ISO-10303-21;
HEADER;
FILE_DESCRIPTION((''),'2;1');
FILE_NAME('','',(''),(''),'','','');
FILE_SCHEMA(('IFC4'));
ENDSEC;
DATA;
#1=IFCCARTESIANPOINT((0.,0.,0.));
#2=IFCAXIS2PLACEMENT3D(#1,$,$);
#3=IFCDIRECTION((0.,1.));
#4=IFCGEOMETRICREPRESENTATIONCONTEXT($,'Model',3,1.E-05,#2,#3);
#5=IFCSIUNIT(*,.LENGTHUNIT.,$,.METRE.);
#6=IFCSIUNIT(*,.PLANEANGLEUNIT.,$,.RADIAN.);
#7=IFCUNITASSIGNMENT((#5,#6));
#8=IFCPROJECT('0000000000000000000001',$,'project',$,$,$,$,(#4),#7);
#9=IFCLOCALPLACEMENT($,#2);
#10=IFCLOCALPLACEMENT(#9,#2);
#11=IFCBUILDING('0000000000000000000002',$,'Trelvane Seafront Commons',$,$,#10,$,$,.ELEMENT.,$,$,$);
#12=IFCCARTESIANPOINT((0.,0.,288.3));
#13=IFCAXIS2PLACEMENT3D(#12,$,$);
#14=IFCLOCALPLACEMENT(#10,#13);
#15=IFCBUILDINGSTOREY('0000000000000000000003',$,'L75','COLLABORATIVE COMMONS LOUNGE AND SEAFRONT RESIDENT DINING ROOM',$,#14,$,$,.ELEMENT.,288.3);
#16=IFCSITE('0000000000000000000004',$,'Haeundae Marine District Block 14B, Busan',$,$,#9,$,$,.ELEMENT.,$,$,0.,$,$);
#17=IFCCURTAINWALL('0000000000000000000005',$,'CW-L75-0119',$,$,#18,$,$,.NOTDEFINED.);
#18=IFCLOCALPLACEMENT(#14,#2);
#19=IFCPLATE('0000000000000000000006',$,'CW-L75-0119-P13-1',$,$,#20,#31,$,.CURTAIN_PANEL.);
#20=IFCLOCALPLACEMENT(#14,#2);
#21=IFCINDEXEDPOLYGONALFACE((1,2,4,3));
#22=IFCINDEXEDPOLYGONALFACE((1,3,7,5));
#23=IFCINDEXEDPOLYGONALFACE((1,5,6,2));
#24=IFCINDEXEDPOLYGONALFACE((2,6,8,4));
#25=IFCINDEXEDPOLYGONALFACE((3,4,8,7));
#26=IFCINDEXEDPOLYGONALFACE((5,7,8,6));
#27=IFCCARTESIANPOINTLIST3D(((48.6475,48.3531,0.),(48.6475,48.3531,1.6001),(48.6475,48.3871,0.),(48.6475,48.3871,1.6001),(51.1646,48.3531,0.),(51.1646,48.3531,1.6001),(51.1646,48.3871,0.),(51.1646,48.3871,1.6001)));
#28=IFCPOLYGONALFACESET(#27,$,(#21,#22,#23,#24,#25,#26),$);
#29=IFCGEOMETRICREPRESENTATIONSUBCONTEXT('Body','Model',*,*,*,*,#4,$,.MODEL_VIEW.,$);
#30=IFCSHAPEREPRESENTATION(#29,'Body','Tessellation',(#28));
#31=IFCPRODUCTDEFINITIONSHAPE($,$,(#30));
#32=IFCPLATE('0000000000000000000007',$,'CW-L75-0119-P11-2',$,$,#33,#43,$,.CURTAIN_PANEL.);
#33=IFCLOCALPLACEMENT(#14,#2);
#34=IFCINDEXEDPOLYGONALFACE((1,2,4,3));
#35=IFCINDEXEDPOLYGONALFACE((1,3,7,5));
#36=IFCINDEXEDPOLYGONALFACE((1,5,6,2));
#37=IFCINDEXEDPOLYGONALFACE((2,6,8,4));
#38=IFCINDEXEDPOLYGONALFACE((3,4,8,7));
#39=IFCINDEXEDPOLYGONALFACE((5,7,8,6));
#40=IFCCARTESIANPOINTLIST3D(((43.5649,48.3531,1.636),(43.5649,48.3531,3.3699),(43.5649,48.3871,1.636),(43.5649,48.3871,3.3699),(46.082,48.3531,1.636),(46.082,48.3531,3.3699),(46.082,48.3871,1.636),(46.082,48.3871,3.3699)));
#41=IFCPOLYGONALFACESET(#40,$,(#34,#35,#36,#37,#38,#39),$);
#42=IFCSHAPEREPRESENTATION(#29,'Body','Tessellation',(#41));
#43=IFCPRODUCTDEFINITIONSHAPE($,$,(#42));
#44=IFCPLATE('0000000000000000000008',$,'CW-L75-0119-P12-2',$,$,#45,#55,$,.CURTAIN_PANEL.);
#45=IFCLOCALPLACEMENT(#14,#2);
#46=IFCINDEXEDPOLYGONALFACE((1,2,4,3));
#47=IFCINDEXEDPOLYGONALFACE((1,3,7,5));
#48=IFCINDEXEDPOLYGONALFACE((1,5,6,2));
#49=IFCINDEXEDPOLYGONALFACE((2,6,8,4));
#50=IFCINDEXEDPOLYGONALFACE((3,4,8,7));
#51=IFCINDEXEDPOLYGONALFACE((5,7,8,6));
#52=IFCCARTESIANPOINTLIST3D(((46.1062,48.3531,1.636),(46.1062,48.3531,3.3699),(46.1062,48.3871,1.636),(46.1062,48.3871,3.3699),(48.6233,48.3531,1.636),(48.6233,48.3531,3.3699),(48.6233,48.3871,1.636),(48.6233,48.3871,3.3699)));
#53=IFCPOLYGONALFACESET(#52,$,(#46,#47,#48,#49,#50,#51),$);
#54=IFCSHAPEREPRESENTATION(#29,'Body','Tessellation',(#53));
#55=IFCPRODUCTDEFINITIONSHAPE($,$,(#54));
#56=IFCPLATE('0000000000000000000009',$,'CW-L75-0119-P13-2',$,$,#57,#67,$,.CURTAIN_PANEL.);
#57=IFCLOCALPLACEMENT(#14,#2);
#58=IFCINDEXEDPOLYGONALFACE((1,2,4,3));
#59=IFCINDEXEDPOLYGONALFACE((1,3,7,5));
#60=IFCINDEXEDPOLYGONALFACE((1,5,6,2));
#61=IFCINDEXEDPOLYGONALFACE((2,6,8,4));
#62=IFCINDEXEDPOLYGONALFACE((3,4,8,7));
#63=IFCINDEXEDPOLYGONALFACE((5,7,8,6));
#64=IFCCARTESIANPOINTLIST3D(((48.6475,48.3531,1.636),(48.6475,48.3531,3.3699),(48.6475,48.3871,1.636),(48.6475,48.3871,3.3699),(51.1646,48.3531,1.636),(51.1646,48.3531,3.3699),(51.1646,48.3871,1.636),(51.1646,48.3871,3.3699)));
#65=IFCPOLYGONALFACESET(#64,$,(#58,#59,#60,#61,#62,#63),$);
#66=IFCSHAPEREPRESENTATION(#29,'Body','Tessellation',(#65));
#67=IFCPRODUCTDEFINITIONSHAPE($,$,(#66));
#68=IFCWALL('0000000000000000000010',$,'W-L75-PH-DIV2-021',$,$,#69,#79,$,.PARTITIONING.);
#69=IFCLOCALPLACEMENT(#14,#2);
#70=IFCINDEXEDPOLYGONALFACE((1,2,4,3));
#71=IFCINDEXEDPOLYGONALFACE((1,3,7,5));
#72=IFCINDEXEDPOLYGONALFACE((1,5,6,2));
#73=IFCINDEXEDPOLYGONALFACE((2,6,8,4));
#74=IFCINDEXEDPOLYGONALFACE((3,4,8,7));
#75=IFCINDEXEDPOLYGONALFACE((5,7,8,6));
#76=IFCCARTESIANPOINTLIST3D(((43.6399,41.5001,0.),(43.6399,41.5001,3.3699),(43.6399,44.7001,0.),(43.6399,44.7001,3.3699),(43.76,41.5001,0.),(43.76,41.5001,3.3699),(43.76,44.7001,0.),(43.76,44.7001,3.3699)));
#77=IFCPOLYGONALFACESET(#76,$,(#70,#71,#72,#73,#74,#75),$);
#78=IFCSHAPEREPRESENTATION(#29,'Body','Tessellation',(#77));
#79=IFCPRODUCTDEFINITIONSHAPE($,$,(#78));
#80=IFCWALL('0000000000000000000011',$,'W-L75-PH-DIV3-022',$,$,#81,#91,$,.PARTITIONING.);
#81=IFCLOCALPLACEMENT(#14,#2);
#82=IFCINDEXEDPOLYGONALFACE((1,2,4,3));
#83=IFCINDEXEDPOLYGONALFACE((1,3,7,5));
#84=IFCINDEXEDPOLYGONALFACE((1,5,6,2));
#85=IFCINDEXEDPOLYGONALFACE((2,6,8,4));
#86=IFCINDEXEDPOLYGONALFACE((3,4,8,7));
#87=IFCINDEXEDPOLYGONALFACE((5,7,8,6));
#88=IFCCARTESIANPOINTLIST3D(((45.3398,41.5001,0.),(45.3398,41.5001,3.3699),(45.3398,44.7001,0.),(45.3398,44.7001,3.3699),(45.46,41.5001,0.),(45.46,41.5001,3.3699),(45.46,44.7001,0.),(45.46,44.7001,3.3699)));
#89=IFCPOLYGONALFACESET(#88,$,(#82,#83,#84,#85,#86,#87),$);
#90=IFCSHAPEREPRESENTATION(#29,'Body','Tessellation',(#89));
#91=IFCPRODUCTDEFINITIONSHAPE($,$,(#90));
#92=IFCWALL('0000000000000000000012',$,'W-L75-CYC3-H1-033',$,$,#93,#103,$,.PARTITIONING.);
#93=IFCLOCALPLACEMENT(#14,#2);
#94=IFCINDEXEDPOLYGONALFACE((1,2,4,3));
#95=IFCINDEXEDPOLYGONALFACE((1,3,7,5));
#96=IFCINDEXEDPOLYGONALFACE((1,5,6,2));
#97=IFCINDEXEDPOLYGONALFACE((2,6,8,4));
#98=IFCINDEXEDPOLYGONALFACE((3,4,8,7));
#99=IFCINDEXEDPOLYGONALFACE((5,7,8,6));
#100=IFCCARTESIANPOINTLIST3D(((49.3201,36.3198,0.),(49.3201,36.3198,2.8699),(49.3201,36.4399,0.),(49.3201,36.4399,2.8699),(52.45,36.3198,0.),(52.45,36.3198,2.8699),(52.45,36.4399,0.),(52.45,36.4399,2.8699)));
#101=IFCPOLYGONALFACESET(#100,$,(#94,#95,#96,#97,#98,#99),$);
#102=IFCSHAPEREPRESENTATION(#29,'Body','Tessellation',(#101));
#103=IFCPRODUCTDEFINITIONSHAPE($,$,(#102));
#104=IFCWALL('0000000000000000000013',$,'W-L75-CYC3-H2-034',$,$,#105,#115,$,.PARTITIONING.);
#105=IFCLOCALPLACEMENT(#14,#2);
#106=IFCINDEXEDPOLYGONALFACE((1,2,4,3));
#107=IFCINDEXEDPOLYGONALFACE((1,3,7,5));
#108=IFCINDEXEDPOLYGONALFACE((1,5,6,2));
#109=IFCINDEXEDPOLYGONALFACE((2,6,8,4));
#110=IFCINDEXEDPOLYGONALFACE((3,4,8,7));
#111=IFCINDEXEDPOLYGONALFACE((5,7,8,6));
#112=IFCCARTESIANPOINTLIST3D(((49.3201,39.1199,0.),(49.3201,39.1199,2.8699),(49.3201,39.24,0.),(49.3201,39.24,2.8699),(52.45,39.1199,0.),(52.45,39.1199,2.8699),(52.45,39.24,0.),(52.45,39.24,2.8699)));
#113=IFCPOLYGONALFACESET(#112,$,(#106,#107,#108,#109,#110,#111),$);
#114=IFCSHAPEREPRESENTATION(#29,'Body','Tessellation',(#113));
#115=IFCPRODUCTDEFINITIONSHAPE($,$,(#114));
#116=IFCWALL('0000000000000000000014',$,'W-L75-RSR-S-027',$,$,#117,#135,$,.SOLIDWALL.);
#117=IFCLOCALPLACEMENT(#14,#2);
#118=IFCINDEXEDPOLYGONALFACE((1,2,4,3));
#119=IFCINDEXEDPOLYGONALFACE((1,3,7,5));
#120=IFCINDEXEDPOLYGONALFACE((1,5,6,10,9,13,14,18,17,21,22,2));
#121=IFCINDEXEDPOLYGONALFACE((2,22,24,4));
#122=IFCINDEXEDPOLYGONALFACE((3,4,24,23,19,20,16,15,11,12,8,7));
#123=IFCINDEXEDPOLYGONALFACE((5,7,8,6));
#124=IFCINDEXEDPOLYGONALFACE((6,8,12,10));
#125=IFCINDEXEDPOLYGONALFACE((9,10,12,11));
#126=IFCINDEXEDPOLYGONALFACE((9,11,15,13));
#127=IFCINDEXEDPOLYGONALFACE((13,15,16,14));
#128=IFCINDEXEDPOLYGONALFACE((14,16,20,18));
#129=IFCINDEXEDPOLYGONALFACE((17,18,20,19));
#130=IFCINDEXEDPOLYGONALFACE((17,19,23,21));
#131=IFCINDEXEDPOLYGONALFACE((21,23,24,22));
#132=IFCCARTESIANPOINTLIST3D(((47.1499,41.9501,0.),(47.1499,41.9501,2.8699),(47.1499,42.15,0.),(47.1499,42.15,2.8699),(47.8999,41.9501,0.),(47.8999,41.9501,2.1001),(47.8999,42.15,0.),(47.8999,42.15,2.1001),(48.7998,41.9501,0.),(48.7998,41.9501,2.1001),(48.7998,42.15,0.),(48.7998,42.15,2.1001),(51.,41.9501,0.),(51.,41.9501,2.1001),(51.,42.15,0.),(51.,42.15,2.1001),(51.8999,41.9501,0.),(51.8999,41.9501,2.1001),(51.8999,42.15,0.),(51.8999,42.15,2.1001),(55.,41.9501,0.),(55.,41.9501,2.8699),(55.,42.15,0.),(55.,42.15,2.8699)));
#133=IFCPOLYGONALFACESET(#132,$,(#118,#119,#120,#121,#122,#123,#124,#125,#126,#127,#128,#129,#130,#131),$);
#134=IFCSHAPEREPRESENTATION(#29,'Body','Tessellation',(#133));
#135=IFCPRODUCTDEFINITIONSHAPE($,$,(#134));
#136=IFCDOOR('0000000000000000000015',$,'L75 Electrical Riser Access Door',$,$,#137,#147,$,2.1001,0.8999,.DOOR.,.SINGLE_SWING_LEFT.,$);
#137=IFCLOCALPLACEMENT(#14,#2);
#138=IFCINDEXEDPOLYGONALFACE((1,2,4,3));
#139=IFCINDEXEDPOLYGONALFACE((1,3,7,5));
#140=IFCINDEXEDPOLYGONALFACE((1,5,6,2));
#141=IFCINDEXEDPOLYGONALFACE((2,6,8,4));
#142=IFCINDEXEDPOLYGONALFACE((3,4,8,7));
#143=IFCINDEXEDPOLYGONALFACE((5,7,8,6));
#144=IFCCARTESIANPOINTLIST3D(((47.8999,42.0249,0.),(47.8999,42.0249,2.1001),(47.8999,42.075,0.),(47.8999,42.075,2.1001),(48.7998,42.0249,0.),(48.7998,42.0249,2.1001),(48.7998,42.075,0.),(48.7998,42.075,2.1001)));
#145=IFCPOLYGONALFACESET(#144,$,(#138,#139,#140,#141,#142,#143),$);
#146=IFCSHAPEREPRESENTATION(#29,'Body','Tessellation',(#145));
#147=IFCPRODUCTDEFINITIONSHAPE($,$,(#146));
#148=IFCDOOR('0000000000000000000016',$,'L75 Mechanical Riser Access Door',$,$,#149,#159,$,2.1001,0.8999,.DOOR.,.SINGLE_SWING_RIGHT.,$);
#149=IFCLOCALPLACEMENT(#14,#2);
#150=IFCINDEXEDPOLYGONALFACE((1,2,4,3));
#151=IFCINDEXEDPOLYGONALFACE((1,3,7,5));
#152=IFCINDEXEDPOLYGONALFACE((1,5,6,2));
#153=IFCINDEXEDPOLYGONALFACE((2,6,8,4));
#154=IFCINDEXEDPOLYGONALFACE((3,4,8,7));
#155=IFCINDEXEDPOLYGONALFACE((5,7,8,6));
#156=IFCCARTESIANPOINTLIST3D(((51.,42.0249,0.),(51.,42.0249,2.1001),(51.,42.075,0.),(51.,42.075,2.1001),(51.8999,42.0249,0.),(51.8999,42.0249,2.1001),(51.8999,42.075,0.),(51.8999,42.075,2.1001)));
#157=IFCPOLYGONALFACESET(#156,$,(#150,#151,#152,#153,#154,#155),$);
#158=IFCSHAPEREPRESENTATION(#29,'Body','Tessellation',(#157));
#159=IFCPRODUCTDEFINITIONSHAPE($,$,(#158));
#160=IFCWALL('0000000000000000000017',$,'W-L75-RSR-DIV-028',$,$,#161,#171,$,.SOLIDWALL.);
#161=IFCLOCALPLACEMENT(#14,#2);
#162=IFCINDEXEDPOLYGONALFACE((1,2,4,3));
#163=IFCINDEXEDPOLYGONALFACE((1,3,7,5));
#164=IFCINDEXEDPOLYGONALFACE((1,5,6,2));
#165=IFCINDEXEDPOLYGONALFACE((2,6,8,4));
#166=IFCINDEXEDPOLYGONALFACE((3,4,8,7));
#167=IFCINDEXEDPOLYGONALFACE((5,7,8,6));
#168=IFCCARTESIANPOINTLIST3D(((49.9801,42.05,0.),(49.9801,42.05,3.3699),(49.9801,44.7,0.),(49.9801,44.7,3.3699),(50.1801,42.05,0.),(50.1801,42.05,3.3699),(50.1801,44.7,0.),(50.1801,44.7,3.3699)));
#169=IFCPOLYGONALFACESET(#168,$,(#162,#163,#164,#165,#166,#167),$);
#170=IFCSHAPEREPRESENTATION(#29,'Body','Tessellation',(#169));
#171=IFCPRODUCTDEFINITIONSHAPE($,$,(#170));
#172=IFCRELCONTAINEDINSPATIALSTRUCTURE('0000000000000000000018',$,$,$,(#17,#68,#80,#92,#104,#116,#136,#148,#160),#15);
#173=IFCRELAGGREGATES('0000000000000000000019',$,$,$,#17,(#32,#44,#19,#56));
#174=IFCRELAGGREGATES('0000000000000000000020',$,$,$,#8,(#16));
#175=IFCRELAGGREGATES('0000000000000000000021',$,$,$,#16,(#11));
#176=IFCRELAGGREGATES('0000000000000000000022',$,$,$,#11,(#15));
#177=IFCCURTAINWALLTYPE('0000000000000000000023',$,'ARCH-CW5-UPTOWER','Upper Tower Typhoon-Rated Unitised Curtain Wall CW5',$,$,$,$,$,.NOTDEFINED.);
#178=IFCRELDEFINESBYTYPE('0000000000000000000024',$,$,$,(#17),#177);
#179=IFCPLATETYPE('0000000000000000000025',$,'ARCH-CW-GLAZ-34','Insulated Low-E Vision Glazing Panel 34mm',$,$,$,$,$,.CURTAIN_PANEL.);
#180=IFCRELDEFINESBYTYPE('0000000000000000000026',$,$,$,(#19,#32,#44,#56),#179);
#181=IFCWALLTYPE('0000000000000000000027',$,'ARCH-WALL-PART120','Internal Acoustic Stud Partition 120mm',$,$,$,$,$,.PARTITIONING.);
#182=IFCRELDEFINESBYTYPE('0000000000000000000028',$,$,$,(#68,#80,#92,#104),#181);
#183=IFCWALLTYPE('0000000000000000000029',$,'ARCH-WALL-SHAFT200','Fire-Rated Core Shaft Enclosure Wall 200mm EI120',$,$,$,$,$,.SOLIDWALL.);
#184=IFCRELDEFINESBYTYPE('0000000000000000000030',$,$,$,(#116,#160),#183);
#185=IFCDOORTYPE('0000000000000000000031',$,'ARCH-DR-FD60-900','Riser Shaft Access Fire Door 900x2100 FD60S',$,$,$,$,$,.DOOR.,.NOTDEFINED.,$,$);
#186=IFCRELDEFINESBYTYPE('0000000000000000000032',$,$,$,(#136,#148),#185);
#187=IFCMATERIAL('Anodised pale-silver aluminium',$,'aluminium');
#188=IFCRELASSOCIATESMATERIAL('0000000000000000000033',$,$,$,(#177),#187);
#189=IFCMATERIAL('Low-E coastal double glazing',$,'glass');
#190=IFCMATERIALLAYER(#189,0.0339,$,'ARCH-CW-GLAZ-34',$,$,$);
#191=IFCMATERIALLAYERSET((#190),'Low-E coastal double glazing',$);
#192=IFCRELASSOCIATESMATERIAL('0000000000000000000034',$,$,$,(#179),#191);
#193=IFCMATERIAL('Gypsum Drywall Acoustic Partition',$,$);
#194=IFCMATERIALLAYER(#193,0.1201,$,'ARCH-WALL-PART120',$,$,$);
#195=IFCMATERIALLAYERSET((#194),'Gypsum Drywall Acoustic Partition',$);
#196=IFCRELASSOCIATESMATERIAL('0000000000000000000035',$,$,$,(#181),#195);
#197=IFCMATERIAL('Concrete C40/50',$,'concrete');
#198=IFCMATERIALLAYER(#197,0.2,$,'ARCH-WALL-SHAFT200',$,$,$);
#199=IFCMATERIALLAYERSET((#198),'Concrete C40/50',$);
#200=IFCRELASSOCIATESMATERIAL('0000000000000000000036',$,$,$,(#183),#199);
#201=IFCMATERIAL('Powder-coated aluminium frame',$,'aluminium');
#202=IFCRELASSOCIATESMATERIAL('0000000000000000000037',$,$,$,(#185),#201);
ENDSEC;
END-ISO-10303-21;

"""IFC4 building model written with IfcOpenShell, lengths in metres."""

from ifc_helpers import new_model, si_unit, direction, frame, frame_2d, origin, origin_2d, place, context, subcontext, project, spatial, rectangle, extrude, source, transform, mapped, material, layer, layer_set, type_object, element, fill, aggregate, save


model = new_model("IFC4")

# Units and contexts
model_context = context("Model", 3, precision=1e-05, world=origin(), true_north=direction((0.0, 1.0)))
body_context = subcontext(model_context, "Body", "Model", "MODEL_VIEW")
ifc_project = project(units=[si_unit("LENGTHUNIT", "METRE"), si_unit("PLANEANGLEUNIT", "RADIAN")], contexts=[model_context])

# Site, building, storey
site_placement = place(None, origin())
site = spatial("IfcSite", under=ifc_project, at=site_placement, Name="Haeundae Marine District Block 14B, Busan", CompositionType="ELEMENT", RefElevation=0.0)
building_placement = place(site_placement, origin())
building = spatial("IfcBuilding", under=site, at=building_placement, Name="Trelvane Seafront Commons", CompositionType="ELEMENT")
storey_placement = place(building_placement, frame((0.0, 0.0, 288.3)))
storey = spatial("IfcBuildingStorey", under=building, at=storey_placement, Name="L75", Description="COLLABORATIVE COMMONS LOUNGE AND SEAFRONT RESIDENT DINING ROOM", CompositionType="ELEMENT", Elevation=288.3)

# Curtain wall
ifc_material_1 = material(Name="Anodised pale-silver aluminium", Category="aluminium")
curtain_wall_type = type_object("IfcCurtainWallType", Name="ARCH-CW5-UPTOWER", Description="Upper Tower Typhoon-Rated Unitised Curtain Wall CW5", PredefinedType="NOTDEFINED", material=ifc_material_1)
curtain_wall_placement = place(storey_placement, origin())
curtain_wall = element("IfcCurtainWall", 1, at=curtain_wall_placement, inside=storey, type_object=curtain_wall_type, Name="CW-L75-0119", PredefinedType="NOTDEFINED")

# Plates
ifc_material_2 = material(Name="Low-E coastal double glazing", Category="glass")
ifc_layer_1 = layer(ifc_material_2, 0.0339, Name="ARCH-CW-GLAZ-34")
ifc_layer_set_1 = layer_set([ifc_layer_1], Name="Low-E coastal double glazing")
plate_type_1 = type_object("IfcPlateType", Name="ARCH-CW-GLAZ-34", Description="Insulated Low-E Vision Glazing Panel 34mm", PredefinedType="CURTAIN_PANEL", material=ifc_layer_set_1)
shared_shape_1 = source(origin(), body_context, "Body", "SweptSolid", [
    extrude(rectangle(XDim=2.5171, YDim=0.0339, at=origin_2d()), origin(), (0.0, 0.0, 1.0), 1.6001),
])
plate_1_placement = place(storey_placement, frame((49.906, 48.3701, 0.0), z_axis=(0.0, 0.0, 1.0), x_axis=(1.0, 0.0, 0.0)))
plate_1 = element("IfcPlate", 2, at=plate_1_placement, type_object=plate_type_1, Name="CW-L75-0119-P13-1", PredefinedType="CURTAIN_PANEL", context=body_context, shape_type="MappedRepresentation", body=[
    mapped(shared_shape_1, transform((0.0, 0.0, 0.0), x_axis=(1.0, 0.0, 0.0), y_axis=(0.0, 1.0, 0.0), z_axis=(0.0, 0.0, 1.0), scale=1.0)),
])
shared_shape_2 = source(origin(), body_context, "Body", "SweptSolid", [
    extrude(rectangle(XDim=2.5171, YDim=0.0339, at=origin_2d()), origin(), (0.0, 0.0, 1.0), 1.7339),
])
plate_2_placement = place(storey_placement, frame((44.8235, 48.3701, 1.636), z_axis=(0.0, 0.0, 1.0), x_axis=(1.0, 0.0, 0.0)))
plate_2 = element("IfcPlate", 3, at=plate_2_placement, type_object=plate_type_1, Name="CW-L75-0119-P11-2", PredefinedType="CURTAIN_PANEL", context=body_context, shape_type="MappedRepresentation", body=[
    mapped(shared_shape_2, transform((0.0, 0.0, 0.0), x_axis=(1.0, 0.0, 0.0), y_axis=(0.0, 1.0, 0.0), z_axis=(0.0, 0.0, 1.0), scale=1.0)),
])
plate_3_placement = place(storey_placement, frame((47.3647, 48.3701, 1.636), z_axis=(0.0, 0.0, 1.0), x_axis=(1.0, 0.0, 0.0)))
plate_3 = element("IfcPlate", 4, at=plate_3_placement, type_object=plate_type_1, Name="CW-L75-0119-P12-2", PredefinedType="CURTAIN_PANEL", context=body_context, shape_type="MappedRepresentation", body=[
    mapped(shared_shape_2, transform((0.0, 0.0, 0.0), x_axis=(1.0, 0.0, 0.0), y_axis=(0.0, 1.0, 0.0), z_axis=(0.0, 0.0, 1.0), scale=1.0)),
])
plate_4_placement = place(storey_placement, frame((49.906, 48.3701, 1.636), z_axis=(0.0, 0.0, 1.0), x_axis=(1.0, 0.0, 0.0)))
plate_4 = element("IfcPlate", 5, at=plate_4_placement, type_object=plate_type_1, Name="CW-L75-0119-P13-2", PredefinedType="CURTAIN_PANEL", context=body_context, shape_type="MappedRepresentation", body=[
    mapped(shared_shape_2, transform((0.0, 0.0, 0.0), x_axis=(1.0, 0.0, 0.0), y_axis=(0.0, 1.0, 0.0), z_axis=(0.0, 0.0, 1.0), scale=1.0)),
])
aggregate(curtain_wall, [plate_2, plate_3, plate_1, plate_4])

# Walls
ifc_material_3 = material(Name="Gypsum Drywall Acoustic Partition")
ifc_layer_2 = layer(ifc_material_3, 0.1201, Name="ARCH-WALL-PART120")
ifc_layer_set_2 = layer_set([ifc_layer_2], Name="Gypsum Drywall Acoustic Partition")
wall_type_1 = type_object("IfcWallType", Name="ARCH-WALL-PART120", Description="Internal Acoustic Stud Partition 120mm", PredefinedType="PARTITIONING", material=ifc_layer_set_2)
for number, where, z_axis, x_axis, name in (
    (6, (43.7, 41.5, 0.0), (0.0, 0.0, 1.0), (0.0, 1.0, 0.0), "W-L75-PH-DIV2-021"),
    (7, (45.3999, 41.5, 0.0), (0.0, 0.0, 1.0), (0.0, 1.0, 0.0), "W-L75-PH-DIV3-022"),
):
    element("IfcWall", number, at=place(storey_placement, frame(where, z_axis=z_axis, x_axis=x_axis)), inside=storey, type_object=wall_type_1, Name=name, PredefinedType="PARTITIONING", context=body_context, shape_type="SweptSolid", body=[
        extrude(rectangle(XDim=3.2, YDim=0.1201, at=frame_2d((1.6001, 0.0))), origin(), (0.0, 0.0, 1.0), 3.3699),
    ])
for number, where, z_axis, x_axis, name in (
    (8, (49.3201, 36.3799, 0.0), (0.0, 0.0, 1.0), (1.0, 0.0, 0.0), "W-L75-CYC3-H1-033"),
    (9, (49.3201, 39.1799, 0.0), (0.0, 0.0, 1.0), (1.0, 0.0, 0.0), "W-L75-CYC3-H2-034"),
):
    element("IfcWall", number, at=place(storey_placement, frame(where, z_axis=z_axis, x_axis=x_axis)), inside=storey, type_object=wall_type_1, Name=name, PredefinedType="PARTITIONING", context=body_context, shape_type="SweptSolid", body=[
        extrude(rectangle(XDim=3.1299, YDim=0.1201, at=frame_2d((1.5649, 0.0))), origin(), (0.0, 0.0, 1.0), 2.8699),
    ])

# Wall, openings, doors
ifc_material_4 = material(Name="Concrete C40/50", Category="concrete")
ifc_layer_3 = layer(ifc_material_4, 0.2, Name="ARCH-WALL-SHAFT200")
ifc_layer_set_3 = layer_set([ifc_layer_3], Name="Concrete C40/50")
wall_type_2 = type_object("IfcWallType", Name="ARCH-WALL-SHAFT200", Description="Fire-Rated Core Shaft Enclosure Wall 200mm EI120", PredefinedType="SOLIDWALL", material=ifc_layer_set_3)
wall_1_placement = place(storey_placement, frame((47.1499, 42.05, 0.0), z_axis=(0.0, 0.0, 1.0), x_axis=(1.0, 0.0, 0.0)))
wall_1 = element("IfcWall", 10, at=wall_1_placement, inside=storey, type_object=wall_type_2, Name="W-L75-RSR-S-027", PredefinedType="SOLIDWALL", context=body_context, shape_type="SweptSolid", body=[
    extrude(rectangle(XDim=7.8501, YDim=0.2, at=frame_2d((3.925, 0.0))), origin(), (0.0, 0.0, 1.0), 2.8699),
])
opening_1_placement = place(wall_1_placement, frame((0.75, 0.0, 0.0)))
opening_1 = element("IfcOpeningElement", 11, at=opening_1_placement, cuts=wall_1, PredefinedType="OPENING", context=body_context, shape_type="SweptSolid", body=[
    extrude(rectangle(XDim=0.8999, YDim=2.1001, at=frame_2d((0.45, 1.05))), frame((0.0, 0.1099, 0.0), z_axis=(0.0, -1.0, 0.0), x_axis=(1.0, 0.0, 0.0)), (0.0, 0.0, 1.0), 0.22),
])
opening_2_placement = place(wall_1_placement, frame((3.8501, 0.0, 0.0)))
opening_2 = element("IfcOpeningElement", 12, at=opening_2_placement, cuts=wall_1, PredefinedType="OPENING", context=body_context, shape_type="SweptSolid", body=[
    extrude(rectangle(XDim=0.8999, YDim=2.1001, at=frame_2d((0.45, 1.05))), frame((0.0, 0.1099, 0.0), z_axis=(0.0, -1.0, 0.0), x_axis=(1.0, 0.0, 0.0)), (0.0, 0.0, 1.0), 0.22),
])
ifc_material_5 = material(Name="Powder-coated aluminium frame", Category="aluminium")
door_type = type_object("IfcDoorType", Name="ARCH-DR-FD60-900", Description="Riser Shaft Access Fire Door 900x2100 FD60S", OperationType="NOTDEFINED", PredefinedType="DOOR", material=ifc_material_5)
shared_shape_3 = source(origin(), body_context, "Body", "SweptSolid", [
    extrude(rectangle(XDim=0.8999, YDim=2.1001, at=frame_2d((0.45, 1.05))), frame((0.0, 0.0249, 0.0), z_axis=(0.0, -1.0, 0.0), x_axis=(1.0, 0.0, 0.0)), (0.0, 0.0, 1.0), 0.05),
])
door_1_placement = place(opening_1_placement, origin())
door_1 = element("IfcDoor", 13, at=door_1_placement, inside=storey, type_object=door_type, Name="L75 Electrical Riser Access Door", OperationType="SINGLE_SWING_LEFT", OverallHeight=2.1001, OverallWidth=0.8999, PredefinedType="DOOR", context=body_context, shape_type="MappedRepresentation", body=[
    mapped(shared_shape_3, transform((0.0, 0.0, 0.0), x_axis=(1.0, 0.0, 0.0), y_axis=(0.0, 1.0, 0.0), z_axis=(0.0, 0.0, 1.0), scale=1.0)),
])
fill(opening_1, door_1)
door_2_placement = place(opening_2_placement, origin())
door_2 = element("IfcDoor", 14, at=door_2_placement, inside=storey, type_object=door_type, Name="L75 Mechanical Riser Access Door", OperationType="SINGLE_SWING_RIGHT", OverallHeight=2.1001, OverallWidth=0.8999, PredefinedType="DOOR", context=body_context, shape_type="MappedRepresentation", body=[
    mapped(shared_shape_3, transform((0.0, 0.0, 0.0), x_axis=(1.0, 0.0, 0.0), y_axis=(0.0, 1.0, 0.0), z_axis=(0.0, 0.0, 1.0), scale=1.0)),
])
fill(opening_2, door_2)

# Wall
wall_2_placement = place(storey_placement, frame((50.0801, 42.05, 0.0), z_axis=(0.0, 0.0, 1.0), x_axis=(0.0, 1.0, 0.0)))
element("IfcWall", 15, at=wall_2_placement, inside=storey, type_object=wall_type_2, Name="W-L75-RSR-DIV-028", PredefinedType="SOLIDWALL", context=body_context, shape_type="SweptSolid", body=[
    extrude(rectangle(XDim=2.6499, YDim=0.2, at=frame_2d((1.325, 0.0))), origin(), (0.0, 0.0, 1.0), 3.3699),
])

save(model, "model.ifc")
